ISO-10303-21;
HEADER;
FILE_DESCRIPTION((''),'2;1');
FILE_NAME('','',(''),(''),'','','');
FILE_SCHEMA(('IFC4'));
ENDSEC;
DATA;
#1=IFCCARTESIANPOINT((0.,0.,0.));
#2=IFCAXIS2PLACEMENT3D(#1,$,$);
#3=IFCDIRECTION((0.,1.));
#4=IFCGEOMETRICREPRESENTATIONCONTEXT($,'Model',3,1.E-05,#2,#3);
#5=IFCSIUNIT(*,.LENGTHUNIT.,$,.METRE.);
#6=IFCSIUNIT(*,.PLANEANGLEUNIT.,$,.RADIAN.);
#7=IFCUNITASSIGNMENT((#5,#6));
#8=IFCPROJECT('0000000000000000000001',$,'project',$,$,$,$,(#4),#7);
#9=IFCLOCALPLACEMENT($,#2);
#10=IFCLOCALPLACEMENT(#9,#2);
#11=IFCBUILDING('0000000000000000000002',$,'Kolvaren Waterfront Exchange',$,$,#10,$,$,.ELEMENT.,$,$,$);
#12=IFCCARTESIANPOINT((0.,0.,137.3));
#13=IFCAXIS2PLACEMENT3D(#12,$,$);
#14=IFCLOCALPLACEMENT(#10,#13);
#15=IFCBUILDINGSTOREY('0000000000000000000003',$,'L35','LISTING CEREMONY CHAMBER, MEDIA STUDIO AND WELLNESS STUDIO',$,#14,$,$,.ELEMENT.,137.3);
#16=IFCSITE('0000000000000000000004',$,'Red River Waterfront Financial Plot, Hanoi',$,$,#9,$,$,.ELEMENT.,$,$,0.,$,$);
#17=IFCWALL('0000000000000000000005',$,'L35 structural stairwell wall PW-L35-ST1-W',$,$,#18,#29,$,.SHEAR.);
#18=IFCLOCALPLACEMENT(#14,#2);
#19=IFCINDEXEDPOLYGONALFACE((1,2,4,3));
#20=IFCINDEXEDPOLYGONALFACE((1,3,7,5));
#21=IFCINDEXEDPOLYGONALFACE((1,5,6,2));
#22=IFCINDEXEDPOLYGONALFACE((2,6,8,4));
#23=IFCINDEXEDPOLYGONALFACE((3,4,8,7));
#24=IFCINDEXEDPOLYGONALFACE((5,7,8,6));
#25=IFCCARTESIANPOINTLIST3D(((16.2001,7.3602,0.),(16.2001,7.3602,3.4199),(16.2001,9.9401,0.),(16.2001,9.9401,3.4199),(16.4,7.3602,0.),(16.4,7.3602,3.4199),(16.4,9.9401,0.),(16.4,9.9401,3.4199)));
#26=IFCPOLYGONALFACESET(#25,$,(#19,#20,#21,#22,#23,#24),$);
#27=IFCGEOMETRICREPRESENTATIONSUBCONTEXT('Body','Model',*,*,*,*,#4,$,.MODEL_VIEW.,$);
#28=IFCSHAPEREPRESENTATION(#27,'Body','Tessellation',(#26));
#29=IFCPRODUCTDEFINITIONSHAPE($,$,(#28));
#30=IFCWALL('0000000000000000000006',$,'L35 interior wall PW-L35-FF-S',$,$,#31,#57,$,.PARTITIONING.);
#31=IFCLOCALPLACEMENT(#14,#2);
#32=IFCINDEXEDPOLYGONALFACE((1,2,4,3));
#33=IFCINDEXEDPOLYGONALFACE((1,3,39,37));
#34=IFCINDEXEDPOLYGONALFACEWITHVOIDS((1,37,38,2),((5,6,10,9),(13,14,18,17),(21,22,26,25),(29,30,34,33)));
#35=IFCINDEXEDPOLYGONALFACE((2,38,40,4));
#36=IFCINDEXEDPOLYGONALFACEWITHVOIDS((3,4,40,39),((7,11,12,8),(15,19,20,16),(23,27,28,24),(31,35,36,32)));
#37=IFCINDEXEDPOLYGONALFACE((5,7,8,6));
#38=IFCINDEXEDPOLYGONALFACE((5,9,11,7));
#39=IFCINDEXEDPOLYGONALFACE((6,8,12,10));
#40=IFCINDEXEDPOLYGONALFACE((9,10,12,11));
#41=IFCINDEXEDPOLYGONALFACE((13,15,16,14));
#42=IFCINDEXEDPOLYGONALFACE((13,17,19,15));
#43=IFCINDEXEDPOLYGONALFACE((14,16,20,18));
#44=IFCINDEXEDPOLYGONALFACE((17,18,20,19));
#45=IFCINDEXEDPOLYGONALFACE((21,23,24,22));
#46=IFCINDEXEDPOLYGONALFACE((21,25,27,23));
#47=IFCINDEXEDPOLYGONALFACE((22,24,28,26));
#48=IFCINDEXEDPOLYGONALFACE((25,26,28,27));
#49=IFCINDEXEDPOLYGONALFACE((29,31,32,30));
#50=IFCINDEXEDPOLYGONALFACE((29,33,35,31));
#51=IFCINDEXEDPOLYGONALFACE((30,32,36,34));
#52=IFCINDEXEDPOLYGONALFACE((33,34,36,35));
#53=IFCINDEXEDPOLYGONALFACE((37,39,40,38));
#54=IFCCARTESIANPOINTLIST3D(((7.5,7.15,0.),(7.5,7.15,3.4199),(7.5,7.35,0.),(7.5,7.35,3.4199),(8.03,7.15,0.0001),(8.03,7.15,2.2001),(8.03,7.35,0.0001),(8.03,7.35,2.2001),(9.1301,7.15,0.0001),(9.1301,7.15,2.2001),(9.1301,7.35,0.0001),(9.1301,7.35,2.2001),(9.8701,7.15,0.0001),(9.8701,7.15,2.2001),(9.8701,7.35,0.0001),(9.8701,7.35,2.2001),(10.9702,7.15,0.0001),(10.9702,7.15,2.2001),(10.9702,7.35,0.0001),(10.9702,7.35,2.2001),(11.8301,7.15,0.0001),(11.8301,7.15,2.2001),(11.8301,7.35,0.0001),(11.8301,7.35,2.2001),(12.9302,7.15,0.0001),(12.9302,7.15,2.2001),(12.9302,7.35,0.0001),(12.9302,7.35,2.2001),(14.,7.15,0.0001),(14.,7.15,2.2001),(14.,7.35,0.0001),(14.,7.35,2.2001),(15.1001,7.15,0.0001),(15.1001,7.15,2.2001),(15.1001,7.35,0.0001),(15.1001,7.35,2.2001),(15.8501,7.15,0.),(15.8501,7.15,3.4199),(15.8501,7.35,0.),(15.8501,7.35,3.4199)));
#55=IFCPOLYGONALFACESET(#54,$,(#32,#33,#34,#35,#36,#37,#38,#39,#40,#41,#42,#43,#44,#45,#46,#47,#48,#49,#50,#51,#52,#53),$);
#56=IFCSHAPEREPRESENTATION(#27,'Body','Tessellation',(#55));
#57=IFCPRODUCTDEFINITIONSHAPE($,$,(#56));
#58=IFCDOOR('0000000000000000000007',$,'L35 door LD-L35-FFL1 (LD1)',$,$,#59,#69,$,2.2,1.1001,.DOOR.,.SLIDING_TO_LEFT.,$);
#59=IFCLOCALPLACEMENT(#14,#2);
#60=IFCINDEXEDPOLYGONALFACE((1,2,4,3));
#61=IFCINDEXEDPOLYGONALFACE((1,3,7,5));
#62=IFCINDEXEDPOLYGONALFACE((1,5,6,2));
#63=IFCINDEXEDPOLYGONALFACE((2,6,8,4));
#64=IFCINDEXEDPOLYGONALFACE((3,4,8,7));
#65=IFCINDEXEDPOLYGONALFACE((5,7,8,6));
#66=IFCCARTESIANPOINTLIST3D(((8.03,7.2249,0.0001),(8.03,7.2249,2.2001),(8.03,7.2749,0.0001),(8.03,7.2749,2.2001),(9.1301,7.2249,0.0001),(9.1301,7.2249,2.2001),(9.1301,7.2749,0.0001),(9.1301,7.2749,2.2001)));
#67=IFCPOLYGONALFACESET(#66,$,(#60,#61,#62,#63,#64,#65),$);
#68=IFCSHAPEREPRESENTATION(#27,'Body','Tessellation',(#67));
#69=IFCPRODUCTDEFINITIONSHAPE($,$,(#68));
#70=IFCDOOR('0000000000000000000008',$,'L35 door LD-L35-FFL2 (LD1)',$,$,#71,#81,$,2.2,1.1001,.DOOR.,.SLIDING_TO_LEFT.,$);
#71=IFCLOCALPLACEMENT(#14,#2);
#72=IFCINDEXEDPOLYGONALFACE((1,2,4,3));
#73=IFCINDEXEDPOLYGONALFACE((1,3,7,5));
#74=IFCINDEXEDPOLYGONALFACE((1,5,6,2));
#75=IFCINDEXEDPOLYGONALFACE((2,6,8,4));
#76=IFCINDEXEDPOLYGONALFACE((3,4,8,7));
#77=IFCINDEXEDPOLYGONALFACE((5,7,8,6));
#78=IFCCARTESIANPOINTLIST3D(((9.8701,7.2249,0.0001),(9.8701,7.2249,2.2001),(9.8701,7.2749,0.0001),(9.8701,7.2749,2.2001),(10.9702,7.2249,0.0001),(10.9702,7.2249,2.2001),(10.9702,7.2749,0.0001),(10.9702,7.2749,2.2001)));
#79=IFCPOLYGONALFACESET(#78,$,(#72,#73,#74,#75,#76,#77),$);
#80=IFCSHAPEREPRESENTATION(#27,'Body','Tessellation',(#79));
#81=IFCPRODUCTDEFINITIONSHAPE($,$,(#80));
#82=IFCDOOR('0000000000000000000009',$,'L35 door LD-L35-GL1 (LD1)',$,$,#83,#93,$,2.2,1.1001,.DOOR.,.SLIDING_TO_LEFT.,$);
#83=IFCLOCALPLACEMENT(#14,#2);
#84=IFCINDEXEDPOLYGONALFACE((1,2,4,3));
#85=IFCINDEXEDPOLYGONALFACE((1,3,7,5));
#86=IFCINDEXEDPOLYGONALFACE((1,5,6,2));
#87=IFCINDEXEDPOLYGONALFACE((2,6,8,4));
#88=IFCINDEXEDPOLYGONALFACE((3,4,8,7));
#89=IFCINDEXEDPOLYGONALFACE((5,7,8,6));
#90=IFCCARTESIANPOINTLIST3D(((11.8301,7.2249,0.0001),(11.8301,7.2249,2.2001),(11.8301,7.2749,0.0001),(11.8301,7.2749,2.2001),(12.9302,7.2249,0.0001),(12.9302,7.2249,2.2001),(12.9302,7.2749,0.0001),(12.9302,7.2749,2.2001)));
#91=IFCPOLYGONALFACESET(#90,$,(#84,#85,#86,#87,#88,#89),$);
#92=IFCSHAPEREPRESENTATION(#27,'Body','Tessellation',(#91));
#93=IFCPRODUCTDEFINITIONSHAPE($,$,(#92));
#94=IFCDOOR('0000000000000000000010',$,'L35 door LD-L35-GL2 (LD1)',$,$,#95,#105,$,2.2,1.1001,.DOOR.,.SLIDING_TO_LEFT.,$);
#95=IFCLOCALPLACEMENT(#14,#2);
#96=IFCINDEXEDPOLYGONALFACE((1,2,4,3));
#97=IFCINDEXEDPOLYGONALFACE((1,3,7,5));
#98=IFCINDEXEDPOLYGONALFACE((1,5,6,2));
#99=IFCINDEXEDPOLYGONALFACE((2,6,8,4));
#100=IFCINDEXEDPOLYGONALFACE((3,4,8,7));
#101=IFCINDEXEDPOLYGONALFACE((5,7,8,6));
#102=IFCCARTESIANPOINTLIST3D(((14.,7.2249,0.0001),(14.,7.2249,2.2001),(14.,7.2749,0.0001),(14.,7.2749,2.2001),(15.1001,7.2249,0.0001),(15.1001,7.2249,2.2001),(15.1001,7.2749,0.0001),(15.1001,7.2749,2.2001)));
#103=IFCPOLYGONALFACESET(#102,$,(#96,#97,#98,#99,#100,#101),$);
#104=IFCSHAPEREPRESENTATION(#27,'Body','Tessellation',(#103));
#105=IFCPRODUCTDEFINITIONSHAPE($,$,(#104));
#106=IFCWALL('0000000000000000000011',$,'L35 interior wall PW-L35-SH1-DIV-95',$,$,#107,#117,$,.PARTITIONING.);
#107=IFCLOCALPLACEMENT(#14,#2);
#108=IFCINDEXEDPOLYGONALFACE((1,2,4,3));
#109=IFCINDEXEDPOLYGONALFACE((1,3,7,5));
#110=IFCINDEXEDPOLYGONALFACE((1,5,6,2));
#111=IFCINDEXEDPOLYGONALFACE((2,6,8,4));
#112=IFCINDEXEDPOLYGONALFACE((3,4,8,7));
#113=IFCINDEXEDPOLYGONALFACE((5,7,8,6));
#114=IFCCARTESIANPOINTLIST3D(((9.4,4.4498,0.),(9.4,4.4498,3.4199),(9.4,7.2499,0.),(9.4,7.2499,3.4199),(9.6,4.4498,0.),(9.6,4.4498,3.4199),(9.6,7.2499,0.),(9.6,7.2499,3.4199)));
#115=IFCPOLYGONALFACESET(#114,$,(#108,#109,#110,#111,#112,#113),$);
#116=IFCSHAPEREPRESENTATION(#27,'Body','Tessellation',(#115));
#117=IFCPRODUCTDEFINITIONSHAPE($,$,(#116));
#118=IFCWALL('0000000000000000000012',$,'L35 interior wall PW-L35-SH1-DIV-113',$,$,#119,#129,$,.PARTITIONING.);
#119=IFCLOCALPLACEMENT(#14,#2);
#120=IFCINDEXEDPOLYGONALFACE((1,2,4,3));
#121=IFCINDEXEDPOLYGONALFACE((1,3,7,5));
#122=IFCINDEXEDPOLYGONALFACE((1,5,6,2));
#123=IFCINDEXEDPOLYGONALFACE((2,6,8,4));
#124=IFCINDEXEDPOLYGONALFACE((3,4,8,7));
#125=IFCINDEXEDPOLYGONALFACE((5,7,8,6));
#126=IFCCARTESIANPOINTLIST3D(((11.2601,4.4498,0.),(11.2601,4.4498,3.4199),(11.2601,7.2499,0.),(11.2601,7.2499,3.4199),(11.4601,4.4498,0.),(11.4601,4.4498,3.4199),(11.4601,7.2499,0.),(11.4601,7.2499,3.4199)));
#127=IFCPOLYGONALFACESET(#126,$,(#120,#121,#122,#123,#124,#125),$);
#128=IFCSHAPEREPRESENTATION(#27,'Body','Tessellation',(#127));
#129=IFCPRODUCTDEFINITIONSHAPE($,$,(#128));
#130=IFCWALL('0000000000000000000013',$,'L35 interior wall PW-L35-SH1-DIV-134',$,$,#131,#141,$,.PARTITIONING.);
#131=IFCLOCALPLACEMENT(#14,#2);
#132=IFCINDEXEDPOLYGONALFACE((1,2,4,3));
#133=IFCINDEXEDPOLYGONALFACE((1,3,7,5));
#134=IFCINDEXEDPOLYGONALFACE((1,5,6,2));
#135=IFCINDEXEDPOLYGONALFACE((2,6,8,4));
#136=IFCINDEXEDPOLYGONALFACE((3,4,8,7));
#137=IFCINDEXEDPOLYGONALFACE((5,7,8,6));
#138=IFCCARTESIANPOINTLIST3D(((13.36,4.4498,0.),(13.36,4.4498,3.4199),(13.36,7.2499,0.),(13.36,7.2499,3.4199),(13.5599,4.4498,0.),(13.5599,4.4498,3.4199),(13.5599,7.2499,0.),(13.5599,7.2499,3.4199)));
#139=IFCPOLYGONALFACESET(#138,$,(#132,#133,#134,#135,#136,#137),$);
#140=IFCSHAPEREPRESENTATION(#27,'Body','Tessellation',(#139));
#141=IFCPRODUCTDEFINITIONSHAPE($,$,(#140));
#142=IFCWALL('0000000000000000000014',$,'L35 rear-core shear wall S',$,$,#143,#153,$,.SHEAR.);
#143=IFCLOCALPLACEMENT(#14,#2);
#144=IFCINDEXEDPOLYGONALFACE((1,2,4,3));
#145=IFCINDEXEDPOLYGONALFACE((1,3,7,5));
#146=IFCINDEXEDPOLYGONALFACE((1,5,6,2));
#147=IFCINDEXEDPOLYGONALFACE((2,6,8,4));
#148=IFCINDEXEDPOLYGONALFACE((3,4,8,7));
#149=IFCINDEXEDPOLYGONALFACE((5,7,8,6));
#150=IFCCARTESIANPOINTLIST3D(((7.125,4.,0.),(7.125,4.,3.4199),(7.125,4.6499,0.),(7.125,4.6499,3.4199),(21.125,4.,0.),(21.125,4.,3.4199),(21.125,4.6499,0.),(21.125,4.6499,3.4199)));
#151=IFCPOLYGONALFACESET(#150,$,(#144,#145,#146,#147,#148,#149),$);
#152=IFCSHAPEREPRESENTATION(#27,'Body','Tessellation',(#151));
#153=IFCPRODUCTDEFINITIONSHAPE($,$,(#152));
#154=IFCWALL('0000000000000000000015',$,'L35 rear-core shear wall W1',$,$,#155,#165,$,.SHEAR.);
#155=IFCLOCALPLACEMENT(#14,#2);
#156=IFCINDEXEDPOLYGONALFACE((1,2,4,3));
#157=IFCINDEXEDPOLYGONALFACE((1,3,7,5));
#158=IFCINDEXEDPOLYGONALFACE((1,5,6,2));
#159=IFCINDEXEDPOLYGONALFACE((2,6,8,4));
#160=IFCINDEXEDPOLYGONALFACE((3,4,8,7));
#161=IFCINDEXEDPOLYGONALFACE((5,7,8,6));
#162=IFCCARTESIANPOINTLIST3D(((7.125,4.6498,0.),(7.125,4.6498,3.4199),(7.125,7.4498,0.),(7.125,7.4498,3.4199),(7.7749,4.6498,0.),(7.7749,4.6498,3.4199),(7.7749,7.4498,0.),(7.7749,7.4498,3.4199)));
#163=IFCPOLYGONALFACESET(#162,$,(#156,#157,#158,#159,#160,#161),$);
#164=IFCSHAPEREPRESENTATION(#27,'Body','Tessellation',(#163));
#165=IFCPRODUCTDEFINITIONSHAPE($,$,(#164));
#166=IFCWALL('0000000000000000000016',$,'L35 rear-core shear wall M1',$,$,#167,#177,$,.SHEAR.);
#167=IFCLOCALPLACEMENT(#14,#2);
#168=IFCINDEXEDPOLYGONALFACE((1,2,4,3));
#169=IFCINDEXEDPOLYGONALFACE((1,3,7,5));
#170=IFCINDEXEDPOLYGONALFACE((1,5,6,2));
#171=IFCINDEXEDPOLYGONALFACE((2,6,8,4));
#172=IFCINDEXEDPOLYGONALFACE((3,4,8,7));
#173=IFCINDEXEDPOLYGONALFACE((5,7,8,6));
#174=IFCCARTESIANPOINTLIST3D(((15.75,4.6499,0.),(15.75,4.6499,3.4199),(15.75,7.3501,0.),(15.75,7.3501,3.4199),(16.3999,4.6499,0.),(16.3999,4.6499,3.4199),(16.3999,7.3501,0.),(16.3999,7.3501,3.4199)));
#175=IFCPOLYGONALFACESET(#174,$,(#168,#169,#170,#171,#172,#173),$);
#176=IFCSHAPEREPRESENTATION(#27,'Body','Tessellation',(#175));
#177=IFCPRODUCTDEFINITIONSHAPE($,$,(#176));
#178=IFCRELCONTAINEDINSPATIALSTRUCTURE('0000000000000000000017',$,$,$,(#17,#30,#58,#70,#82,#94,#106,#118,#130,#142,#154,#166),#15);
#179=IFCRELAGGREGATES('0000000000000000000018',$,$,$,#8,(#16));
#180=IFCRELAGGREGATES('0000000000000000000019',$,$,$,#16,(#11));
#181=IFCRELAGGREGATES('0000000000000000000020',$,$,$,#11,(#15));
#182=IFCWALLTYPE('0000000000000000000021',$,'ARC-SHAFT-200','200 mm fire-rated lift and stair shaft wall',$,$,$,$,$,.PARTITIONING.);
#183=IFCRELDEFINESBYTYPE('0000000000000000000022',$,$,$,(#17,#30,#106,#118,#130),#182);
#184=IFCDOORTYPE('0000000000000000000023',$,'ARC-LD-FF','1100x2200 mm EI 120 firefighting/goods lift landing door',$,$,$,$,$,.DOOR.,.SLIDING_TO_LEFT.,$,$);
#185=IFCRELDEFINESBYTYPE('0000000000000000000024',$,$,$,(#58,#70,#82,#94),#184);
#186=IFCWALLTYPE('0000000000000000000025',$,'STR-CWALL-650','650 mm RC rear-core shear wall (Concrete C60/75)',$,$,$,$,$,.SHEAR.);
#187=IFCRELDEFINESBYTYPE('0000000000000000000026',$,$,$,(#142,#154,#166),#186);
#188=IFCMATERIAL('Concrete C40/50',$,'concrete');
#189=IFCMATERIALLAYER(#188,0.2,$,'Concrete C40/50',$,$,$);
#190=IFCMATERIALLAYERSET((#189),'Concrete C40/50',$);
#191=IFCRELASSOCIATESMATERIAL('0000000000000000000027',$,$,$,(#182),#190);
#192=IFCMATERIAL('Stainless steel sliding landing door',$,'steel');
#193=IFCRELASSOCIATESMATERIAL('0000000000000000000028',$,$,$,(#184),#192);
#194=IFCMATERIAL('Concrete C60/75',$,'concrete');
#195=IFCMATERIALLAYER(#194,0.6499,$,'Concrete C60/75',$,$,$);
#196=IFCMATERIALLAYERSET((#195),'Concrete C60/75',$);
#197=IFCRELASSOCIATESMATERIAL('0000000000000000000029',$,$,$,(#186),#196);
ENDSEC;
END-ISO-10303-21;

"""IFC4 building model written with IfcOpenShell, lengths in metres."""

from ifc_helpers import new_model, si_unit, direction, frame, frame_2d, origin, place, context, subcontext, project, spatial, rectangle, extrude, material, layer, layer_set, type_object, element, fill, save


model = new_model("IFC4")

# Units and contexts
model_context = context("Model", 3, precision=1e-05, world=origin(), true_north=direction((0.0, 1.0)))
body_context = subcontext(model_context, "Body", "Model", "MODEL_VIEW")
ifc_project = project(units=[si_unit("LENGTHUNIT", "METRE"), si_unit("PLANEANGLEUNIT", "RADIAN")], contexts=[model_context])

# Site, building, storey
site_placement = place(None, origin())
site = spatial("IfcSite", under=ifc_project, at=site_placement, Name="Red River Waterfront Financial Plot, Hanoi", CompositionType="ELEMENT", RefElevation=0.0)
building_placement = place(site_placement, origin())
building = spatial("IfcBuilding", under=site, at=building_placement, Name="Kolvaren Waterfront Exchange", CompositionType="ELEMENT")
storey_placement = place(building_placement, frame((0.0, 0.0, 137.3)))
storey = spatial("IfcBuildingStorey", under=building, at=storey_placement, Name="L35", Description="LISTING CEREMONY CHAMBER, MEDIA STUDIO AND WELLNESS STUDIO", CompositionType="ELEMENT", Elevation=137.3)

# Shared definitions
ifc_material_1 = material(Name="Concrete C60/75", Category="concrete")

# Wall
ifc_material_2 = material(Name="Concrete C40/50", Category="concrete")
ifc_layer_1 = layer(ifc_material_2, 0.2, Name="Concrete C40/50")
ifc_layer_set_1 = layer_set([ifc_layer_1], Name="Concrete C40/50")
wall_type_1 = type_object("IfcWallType", Name="ARC-SHAFT-200", Description="200 mm fire-rated lift and stair shaft wall", PredefinedType="PARTITIONING", material=ifc_layer_set_1)
wall_1_placement = place(storey_placement, frame((16.3, 7.3601, 0.0), z_axis=(0.0, 0.0, 1.0), x_axis=(0.0, 1.0, 0.0)))
element("IfcWall", 1, at=wall_1_placement, inside=storey, type_object=wall_type_1, Name="L35 structural stairwell wall PW-L35-ST1-W", PredefinedType="SHEAR", context=body_context, shape_type="SweptSolid", body=[
    extrude(rectangle(XDim=2.5798, YDim=0.2, at=frame_2d((1.29, 0.0))), origin(), (0.0, 0.0, 1.0), 3.4199),
])

# Wall, openings, doors
wall_2_placement = place(storey_placement, frame((7.5, 7.25, 0.0), z_axis=(0.0, 0.0, 1.0), x_axis=(1.0, 0.0, 0.0)))
wall_2 = element("IfcWall", 2, at=wall_2_placement, inside=storey, type_object=wall_type_1, Name="L35 interior wall PW-L35-FF-S", PredefinedType="PARTITIONING", context=body_context, shape_type="SweptSolid", body=[
    extrude(rectangle(XDim=8.3501, YDim=0.2, at=frame_2d((4.175, 0.0))), origin(), (0.0, 0.0, 1.0), 3.4199),
])
opening_1_placement = place(wall_2_placement, frame((0.53, 0.0, 0.0)))
opening_1 = element("IfcOpeningElement", 3, at=opening_1_placement, cuts=wall_2, PredefinedType="OPENING", context=body_context, shape_type="SweptSolid", body=[
    extrude(rectangle(XDim=1.1001, YDim=2.2, at=frame_2d((0.55, 1.1001))), frame((0.0, 0.1099, 0.0), z_axis=(0.0, -1.0, 0.0), x_axis=(1.0, 0.0, 0.0)), (0.0, 0.0, 1.0), 0.22),
])
opening_2_placement = place(wall_2_placement, frame((2.3701, 0.0, 0.0)))
opening_2 = element("IfcOpeningElement", 4, at=opening_2_placement, cuts=wall_2, PredefinedType="OPENING", context=body_context, shape_type="SweptSolid", body=[
    extrude(rectangle(XDim=1.1001, YDim=2.2, at=frame_2d((0.55, 1.1001))), frame((0.0, 0.1099, 0.0), z_axis=(0.0, -1.0, 0.0), x_axis=(1.0, 0.0, 0.0)), (0.0, 0.0, 1.0), 0.22),
])
opening_3_placement = place(wall_2_placement, frame((4.3301, 0.0, 0.0)))
opening_3 = element("IfcOpeningElement", 5, at=opening_3_placement, cuts=wall_2, PredefinedType="OPENING", context=body_context, shape_type="SweptSolid", body=[
    extrude(rectangle(XDim=1.1001, YDim=2.2, at=frame_2d((0.55, 1.1001))), frame((0.0, 0.1099, 0.0), z_axis=(0.0, -1.0, 0.0), x_axis=(1.0, 0.0, 0.0)), (0.0, 0.0, 1.0), 0.22),
])
opening_4_placement = place(wall_2_placement, frame((6.5, 0.0, 0.0)))
opening_4 = element("IfcOpeningElement", 6, at=opening_4_placement, cuts=wall_2, PredefinedType="OPENING", context=body_context, shape_type="SweptSolid", body=[
    extrude(rectangle(XDim=1.1001, YDim=2.2, at=frame_2d((0.55, 1.1001))), frame((0.0, 0.1099, 0.0), z_axis=(0.0, -1.0, 0.0), x_axis=(1.0, 0.0, 0.0)), (0.0, 0.0, 1.0), 0.22),
])
ifc_material_3 = material(Name="Stainless steel sliding landing door", Category="steel")
door_type = type_object("IfcDoorType", Name="ARC-LD-FF", Description="1100x2200 mm EI 120 firefighting/goods lift landing door", OperationType="SLIDING_TO_LEFT", PredefinedType="DOOR", material=ifc_material_3)
door_1_placement = place(opening_1_placement, origin())
door_1 = element("IfcDoor", 7, at=door_1_placement, inside=storey, type_object=door_type, Name="L35 door LD-L35-FFL1 (LD1)", OperationType="SLIDING_TO_LEFT", OverallHeight=2.2, OverallWidth=1.1001, PredefinedType="DOOR", context=body_context, shape_type="SweptSolid", body=[
    extrude(rectangle(XDim=1.1001, YDim=2.2, at=frame_2d((0.55, 1.1001))), frame((0.0, 0.0249, 0.0), z_axis=(0.0, -1.0, 0.0), x_axis=(1.0, 0.0, 0.0)), (0.0, 0.0, 1.0), 0.05),
])
fill(opening_1, door_1)
door_2_placement = place(opening_2_placement, origin())
door_2 = element("IfcDoor", 8, at=door_2_placement, inside=storey, type_object=door_type, Name="L35 door LD-L35-FFL2 (LD1)", OperationType="SLIDING_TO_LEFT", OverallHeight=2.2, OverallWidth=1.1001, PredefinedType="DOOR", context=body_context, shape_type="SweptSolid", body=[
    extrude(rectangle(XDim=1.1001, YDim=2.2, at=frame_2d((0.55, 1.1001))), frame((0.0, 0.0249, 0.0), z_axis=(0.0, -1.0, 0.0), x_axis=(1.0, 0.0, 0.0)), (0.0, 0.0, 1.0), 0.05),
])
fill(opening_2, door_2)
door_3_placement = place(opening_3_placement, origin())
door_3 = element("IfcDoor", 9, at=door_3_placement, inside=storey, type_object=door_type, Name="L35 door LD-L35-GL1 (LD1)", OperationType="SLIDING_TO_LEFT", OverallHeight=2.2, OverallWidth=1.1001, PredefinedType="DOOR", context=body_context, shape_type="SweptSolid", body=[
    extrude(rectangle(XDim=1.1001, YDim=2.2, at=frame_2d((0.55, 1.1001))), frame((0.0, 0.0249, 0.0), z_axis=(0.0, -1.0, 0.0), x_axis=(1.0, 0.0, 0.0)), (0.0, 0.0, 1.0), 0.05),
])
fill(opening_3, door_3)
door_4_placement = place(opening_4_placement, origin())
door_4 = element("IfcDoor", 10, at=door_4_placement, inside=storey, type_object=door_type, Name="L35 door LD-L35-GL2 (LD1)", OperationType="SLIDING_TO_LEFT", OverallHeight=2.2, OverallWidth=1.1001, PredefinedType="DOOR", context=body_context, shape_type="SweptSolid", body=[
    extrude(rectangle(XDim=1.1001, YDim=2.2, at=frame_2d((0.55, 1.1001))), frame((0.0, 0.0249, 0.0), z_axis=(0.0, -1.0, 0.0), x_axis=(1.0, 0.0, 0.0)), (0.0, 0.0, 1.0), 0.05),
])
fill(opening_4, door_4)

# Walls
for number, where, z_axis, x_axis, name in (
    (11, (9.5, 4.45, 0.0), (0.0, 0.0, 1.0), (0.0, 1.0, 0.0), "L35 interior wall PW-L35-SH1-DIV-95"),
    (12, (11.3601, 4.45, 0.0), (0.0, 0.0, 1.0), (0.0, 1.0, 0.0), "L35 interior wall PW-L35-SH1-DIV-113"),
    (13, (13.46, 4.45, 0.0), (0.0, 0.0, 1.0), (0.0, 1.0, 0.0), "L35 interior wall PW-L35-SH1-DIV-134"),
):
    element("IfcWall", number, at=place(storey_placement, frame(where, z_axis=z_axis, x_axis=x_axis)), inside=storey, type_object=wall_type_1, Name=name, PredefinedType="PARTITIONING", context=body_context, shape_type="SweptSolid", body=[
        extrude(rectangle(XDim=2.8, YDim=0.2, at=frame_2d((1.3999, 0.0))), origin(), (0.0, 0.0, 1.0), 3.4199),
    ])
ifc_layer_2 = layer(ifc_material_1, 0.6499, Name="Concrete C60/75")
ifc_layer_set_2 = layer_set([ifc_layer_2], Name="Concrete C60/75")
wall_type_2 = type_object("IfcWallType", Name="STR-CWALL-650", Description="650 mm RC rear-core shear wall (Concrete C60/75)", PredefinedType="SHEAR", material=ifc_layer_set_2)
wall_3_placement = place(storey_placement, frame((7.125, 4.325, 0.0), z_axis=(0.0, 0.0, 1.0), x_axis=(1.0, 0.0, 0.0)))
element("IfcWall", 14, at=wall_3_placement, inside=storey, type_object=wall_type_2, Name="L35 rear-core shear wall S", PredefinedType="SHEAR", context=body_context, shape_type="SweptSolid", body=[
    extrude(rectangle(XDim=14.0, YDim=0.6499, at=frame_2d((7.0, 0.0))), origin(), (0.0, 0.0, 1.0), 3.4199),
])
wall_4_placement = place(storey_placement, frame((7.45, 4.6499, 0.0), z_axis=(0.0, 0.0, 1.0), x_axis=(0.0, 1.0, 0.0)))
element("IfcWall", 15, at=wall_4_placement, inside=storey, type_object=wall_type_2, Name="L35 rear-core shear wall W1", PredefinedType="SHEAR", context=body_context, shape_type="SweptSolid", body=[
    extrude(rectangle(XDim=2.8, YDim=0.6499, at=frame_2d((1.3999, 0.0))), origin(), (0.0, 0.0, 1.0), 3.4199),
])
wall_5_placement = place(storey_placement, frame((16.075, 4.6499, 0.0), z_axis=(0.0, 0.0, 1.0), x_axis=(0.0, 1.0, 0.0)))
element("IfcWall", 16, at=wall_5_placement, inside=storey, type_object=wall_type_2, Name="L35 rear-core shear wall M1", PredefinedType="SHEAR", context=body_context, shape_type="SweptSolid", body=[
    extrude(rectangle(XDim=2.7002, YDim=0.6499, at=frame_2d((1.3501, 0.0))), origin(), (0.0, 0.0, 1.0), 3.4199),
])

save(model, "model.ifc")
